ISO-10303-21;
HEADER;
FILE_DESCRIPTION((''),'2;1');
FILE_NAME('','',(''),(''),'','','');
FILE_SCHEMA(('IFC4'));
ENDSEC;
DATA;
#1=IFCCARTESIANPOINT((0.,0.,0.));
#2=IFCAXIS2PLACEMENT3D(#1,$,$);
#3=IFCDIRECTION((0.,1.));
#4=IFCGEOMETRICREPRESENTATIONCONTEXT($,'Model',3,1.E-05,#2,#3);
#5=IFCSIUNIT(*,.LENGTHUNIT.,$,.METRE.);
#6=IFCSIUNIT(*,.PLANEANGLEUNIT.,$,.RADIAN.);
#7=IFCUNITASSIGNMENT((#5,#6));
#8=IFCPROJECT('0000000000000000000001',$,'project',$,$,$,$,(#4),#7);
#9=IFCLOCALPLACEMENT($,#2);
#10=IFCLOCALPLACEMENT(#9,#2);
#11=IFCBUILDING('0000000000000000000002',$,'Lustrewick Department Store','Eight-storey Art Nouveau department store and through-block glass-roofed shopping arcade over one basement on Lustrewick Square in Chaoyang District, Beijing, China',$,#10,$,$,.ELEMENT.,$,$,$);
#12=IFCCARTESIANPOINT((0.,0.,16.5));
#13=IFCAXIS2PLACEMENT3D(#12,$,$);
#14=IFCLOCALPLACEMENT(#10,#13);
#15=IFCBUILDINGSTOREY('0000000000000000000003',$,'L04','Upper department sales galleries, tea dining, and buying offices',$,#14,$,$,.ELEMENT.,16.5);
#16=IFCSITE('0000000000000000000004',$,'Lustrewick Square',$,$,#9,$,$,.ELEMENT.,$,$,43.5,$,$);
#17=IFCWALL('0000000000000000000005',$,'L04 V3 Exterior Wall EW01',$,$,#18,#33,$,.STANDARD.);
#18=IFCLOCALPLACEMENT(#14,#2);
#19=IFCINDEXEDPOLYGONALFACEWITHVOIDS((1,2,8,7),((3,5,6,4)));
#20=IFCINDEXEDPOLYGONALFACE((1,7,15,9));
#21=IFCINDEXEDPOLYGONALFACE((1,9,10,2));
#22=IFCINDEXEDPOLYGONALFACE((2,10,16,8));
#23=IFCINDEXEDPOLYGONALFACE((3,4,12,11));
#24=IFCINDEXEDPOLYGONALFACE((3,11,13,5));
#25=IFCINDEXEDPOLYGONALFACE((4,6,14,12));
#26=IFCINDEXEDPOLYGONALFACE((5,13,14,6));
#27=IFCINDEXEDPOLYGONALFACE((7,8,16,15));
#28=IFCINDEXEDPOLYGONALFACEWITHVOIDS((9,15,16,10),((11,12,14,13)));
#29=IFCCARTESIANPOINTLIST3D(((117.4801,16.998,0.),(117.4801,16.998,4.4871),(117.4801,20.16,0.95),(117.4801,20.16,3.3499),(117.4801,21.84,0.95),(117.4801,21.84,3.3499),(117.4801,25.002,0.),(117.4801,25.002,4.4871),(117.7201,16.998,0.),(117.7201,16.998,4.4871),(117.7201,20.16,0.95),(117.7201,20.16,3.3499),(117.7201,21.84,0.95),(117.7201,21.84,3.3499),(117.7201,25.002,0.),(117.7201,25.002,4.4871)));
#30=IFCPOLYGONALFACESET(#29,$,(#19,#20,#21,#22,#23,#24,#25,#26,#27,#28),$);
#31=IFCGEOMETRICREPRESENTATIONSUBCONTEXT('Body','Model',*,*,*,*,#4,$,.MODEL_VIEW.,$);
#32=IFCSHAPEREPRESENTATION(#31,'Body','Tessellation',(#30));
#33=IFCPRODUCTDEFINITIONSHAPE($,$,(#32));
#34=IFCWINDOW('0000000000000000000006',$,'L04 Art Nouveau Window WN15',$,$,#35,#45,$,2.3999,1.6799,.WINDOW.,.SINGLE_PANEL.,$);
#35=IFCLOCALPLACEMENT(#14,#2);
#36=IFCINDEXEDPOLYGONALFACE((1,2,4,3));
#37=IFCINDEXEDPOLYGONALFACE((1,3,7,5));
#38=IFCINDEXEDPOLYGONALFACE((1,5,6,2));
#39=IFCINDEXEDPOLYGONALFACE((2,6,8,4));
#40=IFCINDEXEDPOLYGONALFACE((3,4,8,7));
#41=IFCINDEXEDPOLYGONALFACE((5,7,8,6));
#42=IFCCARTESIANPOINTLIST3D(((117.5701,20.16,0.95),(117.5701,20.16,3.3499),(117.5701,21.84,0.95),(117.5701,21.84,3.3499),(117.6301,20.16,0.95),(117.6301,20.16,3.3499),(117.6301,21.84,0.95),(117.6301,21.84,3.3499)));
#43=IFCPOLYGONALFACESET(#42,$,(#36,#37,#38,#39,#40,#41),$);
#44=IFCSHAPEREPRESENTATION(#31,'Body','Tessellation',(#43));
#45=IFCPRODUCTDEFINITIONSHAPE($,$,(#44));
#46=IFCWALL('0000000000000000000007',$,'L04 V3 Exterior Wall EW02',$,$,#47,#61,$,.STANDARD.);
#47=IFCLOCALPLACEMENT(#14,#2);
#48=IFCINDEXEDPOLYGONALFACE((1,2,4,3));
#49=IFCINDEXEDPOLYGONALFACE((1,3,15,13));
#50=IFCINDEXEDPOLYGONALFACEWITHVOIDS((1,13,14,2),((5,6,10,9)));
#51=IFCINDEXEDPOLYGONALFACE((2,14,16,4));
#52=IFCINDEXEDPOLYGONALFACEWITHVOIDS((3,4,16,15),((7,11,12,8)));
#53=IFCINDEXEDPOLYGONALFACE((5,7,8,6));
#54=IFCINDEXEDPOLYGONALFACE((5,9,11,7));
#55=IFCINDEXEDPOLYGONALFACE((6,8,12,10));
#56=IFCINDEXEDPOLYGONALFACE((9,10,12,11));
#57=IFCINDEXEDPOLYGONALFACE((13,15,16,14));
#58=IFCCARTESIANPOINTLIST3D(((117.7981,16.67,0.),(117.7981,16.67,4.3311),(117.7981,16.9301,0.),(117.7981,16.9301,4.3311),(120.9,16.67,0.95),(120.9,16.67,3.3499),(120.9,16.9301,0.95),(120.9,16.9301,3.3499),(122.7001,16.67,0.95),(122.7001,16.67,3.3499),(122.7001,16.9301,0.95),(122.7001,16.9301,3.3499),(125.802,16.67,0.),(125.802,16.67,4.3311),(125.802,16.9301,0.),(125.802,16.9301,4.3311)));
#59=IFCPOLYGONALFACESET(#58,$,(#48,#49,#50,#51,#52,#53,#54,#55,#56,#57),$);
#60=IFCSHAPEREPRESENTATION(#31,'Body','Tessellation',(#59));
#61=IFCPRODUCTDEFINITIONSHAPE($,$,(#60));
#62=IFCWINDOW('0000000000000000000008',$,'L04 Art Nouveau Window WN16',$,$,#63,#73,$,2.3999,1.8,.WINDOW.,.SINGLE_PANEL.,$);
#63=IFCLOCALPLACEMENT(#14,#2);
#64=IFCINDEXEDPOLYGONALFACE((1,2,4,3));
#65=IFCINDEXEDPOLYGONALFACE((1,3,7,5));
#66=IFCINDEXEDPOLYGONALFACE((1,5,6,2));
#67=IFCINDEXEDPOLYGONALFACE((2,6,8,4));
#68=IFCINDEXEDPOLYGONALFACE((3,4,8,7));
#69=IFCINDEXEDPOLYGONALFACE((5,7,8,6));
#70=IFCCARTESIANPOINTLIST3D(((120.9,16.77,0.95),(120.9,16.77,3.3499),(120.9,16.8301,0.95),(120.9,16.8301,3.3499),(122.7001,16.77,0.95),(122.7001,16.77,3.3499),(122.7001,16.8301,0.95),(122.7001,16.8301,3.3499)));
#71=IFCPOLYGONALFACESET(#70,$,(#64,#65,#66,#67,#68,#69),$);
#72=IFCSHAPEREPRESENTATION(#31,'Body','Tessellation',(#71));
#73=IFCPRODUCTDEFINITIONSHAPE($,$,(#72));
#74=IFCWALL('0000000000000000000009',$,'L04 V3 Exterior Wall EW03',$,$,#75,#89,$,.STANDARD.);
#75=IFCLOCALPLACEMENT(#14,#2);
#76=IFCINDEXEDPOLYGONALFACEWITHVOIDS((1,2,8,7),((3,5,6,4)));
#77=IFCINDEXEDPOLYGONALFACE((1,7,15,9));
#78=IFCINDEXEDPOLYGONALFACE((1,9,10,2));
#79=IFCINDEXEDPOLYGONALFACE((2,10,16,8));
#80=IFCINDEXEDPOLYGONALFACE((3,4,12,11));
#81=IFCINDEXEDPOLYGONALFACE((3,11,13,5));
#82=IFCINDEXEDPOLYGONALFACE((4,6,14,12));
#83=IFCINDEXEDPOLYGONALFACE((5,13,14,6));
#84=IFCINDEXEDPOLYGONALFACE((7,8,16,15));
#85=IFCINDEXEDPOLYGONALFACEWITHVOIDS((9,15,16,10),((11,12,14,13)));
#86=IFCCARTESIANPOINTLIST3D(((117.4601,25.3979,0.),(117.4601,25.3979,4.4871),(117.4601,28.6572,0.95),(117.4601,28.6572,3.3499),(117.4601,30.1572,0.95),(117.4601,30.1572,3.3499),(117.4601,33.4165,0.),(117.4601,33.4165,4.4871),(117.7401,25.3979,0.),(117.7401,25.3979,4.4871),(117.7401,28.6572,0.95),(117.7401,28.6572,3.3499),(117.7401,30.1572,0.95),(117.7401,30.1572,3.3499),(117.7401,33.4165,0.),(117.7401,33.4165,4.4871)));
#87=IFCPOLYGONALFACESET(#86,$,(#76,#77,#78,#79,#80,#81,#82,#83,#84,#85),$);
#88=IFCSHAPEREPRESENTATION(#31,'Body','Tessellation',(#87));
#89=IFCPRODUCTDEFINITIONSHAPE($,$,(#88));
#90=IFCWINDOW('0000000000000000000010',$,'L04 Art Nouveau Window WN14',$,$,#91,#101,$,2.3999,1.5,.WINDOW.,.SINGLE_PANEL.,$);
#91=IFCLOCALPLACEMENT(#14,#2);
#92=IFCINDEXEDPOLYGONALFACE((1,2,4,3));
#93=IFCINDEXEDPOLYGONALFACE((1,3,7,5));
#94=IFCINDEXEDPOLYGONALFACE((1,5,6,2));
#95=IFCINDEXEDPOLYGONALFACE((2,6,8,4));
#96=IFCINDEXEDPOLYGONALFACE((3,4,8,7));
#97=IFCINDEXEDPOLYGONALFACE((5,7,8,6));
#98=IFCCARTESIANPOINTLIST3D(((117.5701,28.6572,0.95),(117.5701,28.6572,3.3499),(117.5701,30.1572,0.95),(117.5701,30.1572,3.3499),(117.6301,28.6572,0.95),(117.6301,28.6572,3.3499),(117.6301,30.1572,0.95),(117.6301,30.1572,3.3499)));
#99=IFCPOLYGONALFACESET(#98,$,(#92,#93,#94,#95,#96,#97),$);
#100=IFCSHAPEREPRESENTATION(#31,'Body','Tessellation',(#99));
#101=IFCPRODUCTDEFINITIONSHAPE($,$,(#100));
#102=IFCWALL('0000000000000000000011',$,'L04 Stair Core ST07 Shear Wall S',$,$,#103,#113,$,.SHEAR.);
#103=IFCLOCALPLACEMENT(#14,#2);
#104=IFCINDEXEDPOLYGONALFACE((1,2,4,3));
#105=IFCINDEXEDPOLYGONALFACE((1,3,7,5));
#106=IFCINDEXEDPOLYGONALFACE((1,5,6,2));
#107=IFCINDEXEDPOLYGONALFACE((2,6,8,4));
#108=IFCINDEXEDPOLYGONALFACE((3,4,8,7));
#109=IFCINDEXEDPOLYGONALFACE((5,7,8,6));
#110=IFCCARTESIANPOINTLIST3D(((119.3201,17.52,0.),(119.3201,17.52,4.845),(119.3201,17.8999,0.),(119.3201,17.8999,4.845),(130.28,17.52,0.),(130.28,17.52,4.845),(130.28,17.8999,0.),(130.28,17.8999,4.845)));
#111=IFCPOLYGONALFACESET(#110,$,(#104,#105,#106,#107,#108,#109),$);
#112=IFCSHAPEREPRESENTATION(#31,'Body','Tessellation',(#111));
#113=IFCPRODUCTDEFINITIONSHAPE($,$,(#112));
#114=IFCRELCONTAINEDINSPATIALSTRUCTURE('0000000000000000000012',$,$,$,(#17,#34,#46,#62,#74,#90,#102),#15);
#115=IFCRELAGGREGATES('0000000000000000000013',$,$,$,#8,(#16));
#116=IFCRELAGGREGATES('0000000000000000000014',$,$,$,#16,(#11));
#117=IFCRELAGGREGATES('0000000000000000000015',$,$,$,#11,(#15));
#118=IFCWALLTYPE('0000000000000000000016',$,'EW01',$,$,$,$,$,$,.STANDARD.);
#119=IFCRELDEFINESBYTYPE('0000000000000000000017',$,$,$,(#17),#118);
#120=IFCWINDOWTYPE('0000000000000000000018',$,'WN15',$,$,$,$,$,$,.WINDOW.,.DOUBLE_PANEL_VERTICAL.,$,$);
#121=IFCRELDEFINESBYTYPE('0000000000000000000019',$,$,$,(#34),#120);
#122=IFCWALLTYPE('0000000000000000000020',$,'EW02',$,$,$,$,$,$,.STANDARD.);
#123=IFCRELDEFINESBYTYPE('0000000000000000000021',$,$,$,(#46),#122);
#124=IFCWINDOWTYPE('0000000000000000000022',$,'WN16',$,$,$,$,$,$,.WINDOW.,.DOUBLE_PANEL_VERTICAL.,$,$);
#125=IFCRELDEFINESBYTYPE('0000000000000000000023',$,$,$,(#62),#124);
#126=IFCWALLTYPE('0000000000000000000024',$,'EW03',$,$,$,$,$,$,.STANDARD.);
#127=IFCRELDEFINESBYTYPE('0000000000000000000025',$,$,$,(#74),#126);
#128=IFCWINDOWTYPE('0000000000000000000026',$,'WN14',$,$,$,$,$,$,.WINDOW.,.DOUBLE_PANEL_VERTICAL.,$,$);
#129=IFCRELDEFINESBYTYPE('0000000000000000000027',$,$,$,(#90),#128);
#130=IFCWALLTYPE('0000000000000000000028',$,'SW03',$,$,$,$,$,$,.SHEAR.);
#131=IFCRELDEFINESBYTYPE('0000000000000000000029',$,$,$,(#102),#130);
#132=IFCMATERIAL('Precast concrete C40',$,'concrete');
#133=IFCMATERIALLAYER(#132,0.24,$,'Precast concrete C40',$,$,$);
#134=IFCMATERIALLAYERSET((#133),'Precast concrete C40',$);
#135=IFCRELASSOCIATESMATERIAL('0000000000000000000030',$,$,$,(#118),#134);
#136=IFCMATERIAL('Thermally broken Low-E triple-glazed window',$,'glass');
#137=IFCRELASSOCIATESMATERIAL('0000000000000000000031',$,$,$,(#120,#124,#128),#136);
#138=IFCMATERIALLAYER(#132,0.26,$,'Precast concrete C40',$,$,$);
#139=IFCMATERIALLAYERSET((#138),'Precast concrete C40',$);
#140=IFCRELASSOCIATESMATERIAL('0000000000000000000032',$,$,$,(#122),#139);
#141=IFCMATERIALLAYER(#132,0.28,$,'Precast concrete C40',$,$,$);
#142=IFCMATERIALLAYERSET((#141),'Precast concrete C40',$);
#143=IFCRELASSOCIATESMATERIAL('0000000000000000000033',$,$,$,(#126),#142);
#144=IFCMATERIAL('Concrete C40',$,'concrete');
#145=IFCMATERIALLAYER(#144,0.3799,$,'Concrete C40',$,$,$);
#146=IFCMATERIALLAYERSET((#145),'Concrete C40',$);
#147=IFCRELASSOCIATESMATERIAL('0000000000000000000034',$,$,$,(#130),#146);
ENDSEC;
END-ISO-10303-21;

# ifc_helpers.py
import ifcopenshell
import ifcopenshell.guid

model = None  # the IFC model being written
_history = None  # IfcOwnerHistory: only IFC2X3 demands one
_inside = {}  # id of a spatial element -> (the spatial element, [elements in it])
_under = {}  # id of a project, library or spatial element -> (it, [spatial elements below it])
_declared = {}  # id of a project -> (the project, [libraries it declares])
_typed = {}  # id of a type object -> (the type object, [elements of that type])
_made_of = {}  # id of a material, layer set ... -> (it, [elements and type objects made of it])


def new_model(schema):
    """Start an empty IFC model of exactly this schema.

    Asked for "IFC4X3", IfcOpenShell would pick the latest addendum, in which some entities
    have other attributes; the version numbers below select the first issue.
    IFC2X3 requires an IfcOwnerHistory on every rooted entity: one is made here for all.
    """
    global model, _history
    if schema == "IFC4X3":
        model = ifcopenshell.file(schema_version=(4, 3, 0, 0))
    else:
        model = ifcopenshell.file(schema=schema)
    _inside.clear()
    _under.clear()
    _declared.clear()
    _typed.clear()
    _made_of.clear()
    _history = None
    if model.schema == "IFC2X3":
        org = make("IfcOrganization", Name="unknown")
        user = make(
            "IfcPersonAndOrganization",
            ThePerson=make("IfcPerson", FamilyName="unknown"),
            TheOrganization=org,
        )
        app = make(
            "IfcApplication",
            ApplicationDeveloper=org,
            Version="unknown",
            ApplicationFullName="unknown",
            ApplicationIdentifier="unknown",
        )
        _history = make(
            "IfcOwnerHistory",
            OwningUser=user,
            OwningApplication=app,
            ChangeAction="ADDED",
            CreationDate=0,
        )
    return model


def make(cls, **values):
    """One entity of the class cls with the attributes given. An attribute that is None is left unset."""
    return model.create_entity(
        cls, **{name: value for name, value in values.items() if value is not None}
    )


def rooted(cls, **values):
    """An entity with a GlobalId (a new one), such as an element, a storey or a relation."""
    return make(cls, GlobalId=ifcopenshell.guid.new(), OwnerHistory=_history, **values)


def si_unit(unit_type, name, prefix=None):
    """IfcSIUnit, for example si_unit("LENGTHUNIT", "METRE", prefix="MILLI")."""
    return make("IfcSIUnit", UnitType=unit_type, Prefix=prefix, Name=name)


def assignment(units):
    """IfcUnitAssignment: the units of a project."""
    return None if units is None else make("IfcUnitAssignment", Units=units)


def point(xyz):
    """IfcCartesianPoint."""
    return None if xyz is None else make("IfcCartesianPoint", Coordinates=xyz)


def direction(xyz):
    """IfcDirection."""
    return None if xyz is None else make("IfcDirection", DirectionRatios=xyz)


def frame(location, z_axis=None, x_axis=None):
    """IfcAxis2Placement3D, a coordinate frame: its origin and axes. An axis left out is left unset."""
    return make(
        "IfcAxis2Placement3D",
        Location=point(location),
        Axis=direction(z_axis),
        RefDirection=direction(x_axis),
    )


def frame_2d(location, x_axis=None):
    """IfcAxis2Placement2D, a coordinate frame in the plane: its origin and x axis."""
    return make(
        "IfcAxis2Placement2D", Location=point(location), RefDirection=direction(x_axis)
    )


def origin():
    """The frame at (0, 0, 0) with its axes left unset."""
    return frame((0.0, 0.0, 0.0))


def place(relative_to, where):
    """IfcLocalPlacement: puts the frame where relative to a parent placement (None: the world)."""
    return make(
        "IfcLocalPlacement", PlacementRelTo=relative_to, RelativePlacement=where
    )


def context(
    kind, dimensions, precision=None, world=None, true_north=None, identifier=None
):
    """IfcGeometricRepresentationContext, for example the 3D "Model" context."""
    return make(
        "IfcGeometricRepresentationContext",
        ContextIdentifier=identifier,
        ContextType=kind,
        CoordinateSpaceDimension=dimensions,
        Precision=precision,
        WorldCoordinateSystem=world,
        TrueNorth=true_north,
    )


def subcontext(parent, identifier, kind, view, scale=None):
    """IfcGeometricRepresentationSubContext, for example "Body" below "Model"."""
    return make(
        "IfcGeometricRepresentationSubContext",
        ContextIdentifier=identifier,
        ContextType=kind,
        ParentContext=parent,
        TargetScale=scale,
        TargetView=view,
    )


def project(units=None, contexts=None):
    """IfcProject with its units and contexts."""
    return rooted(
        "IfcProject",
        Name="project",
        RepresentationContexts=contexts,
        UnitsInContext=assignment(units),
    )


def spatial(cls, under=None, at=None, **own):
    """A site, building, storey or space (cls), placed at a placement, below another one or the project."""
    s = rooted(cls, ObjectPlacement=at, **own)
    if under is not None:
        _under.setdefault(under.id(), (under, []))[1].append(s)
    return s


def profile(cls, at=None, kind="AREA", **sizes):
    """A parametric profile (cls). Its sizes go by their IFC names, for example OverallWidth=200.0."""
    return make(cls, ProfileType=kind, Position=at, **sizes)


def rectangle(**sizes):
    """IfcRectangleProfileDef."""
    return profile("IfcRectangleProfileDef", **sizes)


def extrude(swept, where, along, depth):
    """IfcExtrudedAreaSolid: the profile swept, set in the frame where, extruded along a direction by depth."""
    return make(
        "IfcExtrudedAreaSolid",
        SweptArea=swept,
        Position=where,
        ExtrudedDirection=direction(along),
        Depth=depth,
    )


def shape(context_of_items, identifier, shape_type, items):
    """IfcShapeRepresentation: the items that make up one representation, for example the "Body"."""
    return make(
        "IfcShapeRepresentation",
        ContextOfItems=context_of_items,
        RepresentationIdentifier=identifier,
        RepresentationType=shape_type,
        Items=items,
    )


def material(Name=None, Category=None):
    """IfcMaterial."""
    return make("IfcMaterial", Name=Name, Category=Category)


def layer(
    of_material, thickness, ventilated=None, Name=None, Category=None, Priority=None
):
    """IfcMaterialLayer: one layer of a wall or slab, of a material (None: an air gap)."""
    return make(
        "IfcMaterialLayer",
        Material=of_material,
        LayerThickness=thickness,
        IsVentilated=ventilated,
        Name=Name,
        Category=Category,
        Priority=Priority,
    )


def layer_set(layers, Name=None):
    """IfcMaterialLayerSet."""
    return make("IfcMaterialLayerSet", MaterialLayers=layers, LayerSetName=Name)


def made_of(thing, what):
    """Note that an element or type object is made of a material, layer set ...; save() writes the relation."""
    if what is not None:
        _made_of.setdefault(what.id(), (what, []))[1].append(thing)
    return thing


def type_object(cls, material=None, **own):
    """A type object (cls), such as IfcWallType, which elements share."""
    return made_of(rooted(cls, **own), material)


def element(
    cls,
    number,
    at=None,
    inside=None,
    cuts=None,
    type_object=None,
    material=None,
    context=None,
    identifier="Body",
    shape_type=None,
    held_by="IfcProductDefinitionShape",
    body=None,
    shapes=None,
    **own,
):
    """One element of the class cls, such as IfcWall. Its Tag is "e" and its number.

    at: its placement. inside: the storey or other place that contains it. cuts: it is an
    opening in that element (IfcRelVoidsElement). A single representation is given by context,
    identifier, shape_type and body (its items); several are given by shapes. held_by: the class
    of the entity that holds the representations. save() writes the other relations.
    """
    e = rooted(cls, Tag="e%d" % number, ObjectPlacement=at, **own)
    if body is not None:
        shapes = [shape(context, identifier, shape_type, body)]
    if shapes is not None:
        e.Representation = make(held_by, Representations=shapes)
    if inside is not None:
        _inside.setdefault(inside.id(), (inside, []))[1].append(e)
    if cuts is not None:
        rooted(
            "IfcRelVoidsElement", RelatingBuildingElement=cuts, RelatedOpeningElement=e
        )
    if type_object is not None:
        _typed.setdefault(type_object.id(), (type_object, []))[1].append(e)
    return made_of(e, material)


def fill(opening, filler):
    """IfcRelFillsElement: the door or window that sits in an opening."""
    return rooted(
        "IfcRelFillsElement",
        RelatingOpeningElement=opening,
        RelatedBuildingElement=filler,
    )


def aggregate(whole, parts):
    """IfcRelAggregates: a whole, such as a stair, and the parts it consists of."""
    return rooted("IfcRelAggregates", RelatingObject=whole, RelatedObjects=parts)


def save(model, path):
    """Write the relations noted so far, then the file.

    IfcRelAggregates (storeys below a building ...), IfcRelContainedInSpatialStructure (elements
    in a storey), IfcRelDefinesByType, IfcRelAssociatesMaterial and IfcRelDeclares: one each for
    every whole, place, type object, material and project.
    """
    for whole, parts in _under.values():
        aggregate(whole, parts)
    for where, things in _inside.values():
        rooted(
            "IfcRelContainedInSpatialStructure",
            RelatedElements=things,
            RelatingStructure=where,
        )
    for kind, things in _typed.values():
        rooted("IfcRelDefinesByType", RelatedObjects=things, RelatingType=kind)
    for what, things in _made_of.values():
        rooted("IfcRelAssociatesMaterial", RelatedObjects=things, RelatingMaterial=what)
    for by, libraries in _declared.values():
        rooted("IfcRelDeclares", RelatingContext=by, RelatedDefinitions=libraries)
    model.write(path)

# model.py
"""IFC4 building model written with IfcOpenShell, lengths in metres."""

from ifc_helpers import new_model, si_unit, direction, frame, frame_2d, origin, place, context, subcontext, project, spatial, rectangle, extrude, material, layer, layer_set, type_object, element, fill, save


model = new_model("IFC4")

# Units and contexts
model_context = context("Model", 3, precision=1e-05, world=origin(), true_north=direction((0.0, 1.0)))
body_context = subcontext(model_context, "Body", "Model", "MODEL_VIEW")
ifc_project = project(units=[si_unit("LENGTHUNIT", "METRE"), si_unit("PLANEANGLEUNIT", "RADIAN")], contexts=[model_context])

# Site, building, storey
site_placement = place(None, origin())
site = spatial("IfcSite", under=ifc_project, at=site_placement, Name="Lustrewick Square", CompositionType="ELEMENT", RefElevation=43.5)
building_placement = place(site_placement, origin())
building = spatial("IfcBuilding", under=site, at=building_placement, Name="Lustrewick Department Store", Description="Eight-storey Art Nouveau department store and through-block glass-roofed shopping arcade over one basement on Lustrewick Square in Chaoyang District, Beijing, China", CompositionType="ELEMENT")
storey_placement = place(building_placement, frame((0.0, 0.0, 16.5)))
storey = spatial("IfcBuildingStorey", under=building, at=storey_placement, Name="L04", Description="Upper department sales galleries, tea dining, and buying offices", CompositionType="ELEMENT", Elevation=16.5)

# Walls, openings, windows
ifc_material_1 = material(Name="Precast concrete C40", Category="concrete")
ifc_layer_1 = layer(ifc_material_1, 0.24, Name="Precast concrete C40")
ifc_layer_set_1 = layer_set([ifc_layer_1], Name="Precast concrete C40")
wall_type_1 = type_object("IfcWallType", Name="EW01", PredefinedType="STANDARD", material=ifc_layer_set_1)
wall_1_placement = place(storey_placement, frame((117.6001, 25.002, 0.0), z_axis=(0.0, 0.0, 1.0), x_axis=(0.0, -1.0, 0.0)))
wall_1 = element("IfcWall", 1, at=wall_1_placement, inside=storey, type_object=wall_type_1, Name="L04 V3 Exterior Wall EW01", PredefinedType="STANDARD", context=body_context, shape_type="SweptSolid", body=[
    extrude(rectangle(XDim=8.0039, YDim=0.24, at=frame_2d((4.002, 0.0))), origin(), (0.0, 0.0, 1.0), 4.4871),
])
opening_1_placement = place(wall_1_placement, frame((3.1621, 0.0, 0.95)))
opening_1 = element("IfcOpeningElement", 2, at=opening_1_placement, cuts=wall_1, PredefinedType="OPENING", context=body_context, shape_type="SweptSolid", body=[
    extrude(rectangle(XDim=1.6799, YDim=2.3999, at=frame_2d((0.8398, 1.2))), frame((0.0, 0.1299, 0.0), z_axis=(0.0, -1.0, 0.0), x_axis=(1.0, 0.0, 0.0)), (0.0, 0.0, 1.0), 0.26),
])
ifc_material_2 = material(Name="Thermally broken Low-E triple-glazed window", Category="glass")
window_type_1 = type_object("IfcWindowType", Name="WN15", PartitioningType="DOUBLE_PANEL_VERTICAL", PredefinedType="WINDOW", material=ifc_material_2)
window_1_placement = place(opening_1_placement, origin())
window_1 = element("IfcWindow", 3, at=window_1_placement, inside=storey, type_object=window_type_1, Name="L04 Art Nouveau Window WN15", OverallHeight=2.3999, OverallWidth=1.6799, PartitioningType="SINGLE_PANEL", PredefinedType="WINDOW", context=body_context, shape_type="SweptSolid", body=[
    extrude(rectangle(XDim=1.6799, YDim=2.3999, at=frame_2d((0.8398, 1.2))), frame((0.0, 0.03, 0.0), z_axis=(0.0, -1.0, 0.0), x_axis=(1.0, 0.0, 0.0)), (0.0, 0.0, 1.0), 0.0601),
])
fill(opening_1, window_1)
ifc_layer_2 = layer(ifc_material_1, 0.26, Name="Precast concrete C40")
ifc_layer_set_2 = layer_set([ifc_layer_2], Name="Precast concrete C40")
wall_type_2 = type_object("IfcWallType", Name="EW02", PredefinedType="STANDARD", material=ifc_layer_set_2)
wall_2_placement = place(storey_placement, frame((117.7981, 16.8, 0.0), z_axis=(0.0, 0.0, 1.0), x_axis=(1.0, 0.0, 0.0)))
wall_2 = element("IfcWall", 4, at=wall_2_placement, inside=storey, type_object=wall_type_2, Name="L04 V3 Exterior Wall EW02", PredefinedType="STANDARD", context=body_context, shape_type="SweptSolid", body=[
    extrude(rectangle(XDim=8.0039, YDim=0.26, at=frame_2d((4.002, 0.0))), origin(), (0.0, 0.0, 1.0), 4.3311),
])
opening_2_placement = place(wall_2_placement, frame((3.1021, 0.0, 0.95)))
opening_2 = element("IfcOpeningElement", 5, at=opening_2_placement, cuts=wall_2, PredefinedType="OPENING", context=body_context, shape_type="SweptSolid", body=[
    extrude(rectangle(XDim=1.8, YDim=2.3999, at=frame_2d((0.8999, 1.2))), frame((0.0, 0.1401, 0.0), z_axis=(0.0, -1.0, 0.0), x_axis=(1.0, 0.0, 0.0)), (0.0, 0.0, 1.0), 0.28),
])
window_type_2 = type_object("IfcWindowType", Name="WN16", PartitioningType="DOUBLE_PANEL_VERTICAL", PredefinedType="WINDOW", material=ifc_material_2)
window_2_placement = place(opening_2_placement, origin())
window_2 = element("IfcWindow", 6, at=window_2_placement, inside=storey, type_object=window_type_2, Name="L04 Art Nouveau Window WN16", OverallHeight=2.3999, OverallWidth=1.8, PartitioningType="SINGLE_PANEL", PredefinedType="WINDOW", context=body_context, shape_type="SweptSolid", body=[
    extrude(rectangle(XDim=1.8, YDim=2.3999, at=frame_2d((0.8999, 1.2))), frame((0.0, 0.03, 0.0), z_axis=(0.0, -1.0, 0.0), x_axis=(1.0, 0.0, 0.0)), (0.0, 0.0, 1.0), 0.0601),
])
fill(opening_2, window_2)
ifc_layer_3 = layer(ifc_material_1, 0.28, Name="Precast concrete C40")
ifc_layer_set_3 = layer_set([ifc_layer_3], Name="Precast concrete C40")
wall_type_3 = type_object("IfcWallType", Name="EW03", PredefinedType="STANDARD", material=ifc_layer_set_3)
wall_3_placement = place(storey_placement, frame((117.6001, 33.4165, 0.0), z_axis=(0.0, 0.0, 1.0), x_axis=(0.0, -1.0, 0.0)))
wall_3 = element("IfcWall", 7, at=wall_3_placement, inside=storey, type_object=wall_type_3, Name="L04 V3 Exterior Wall EW03", PredefinedType="STANDARD", context=body_context, shape_type="SweptSolid", body=[
    extrude(rectangle(XDim=8.0186, YDim=0.28, at=frame_2d((4.0093, 0.0))), origin(), (0.0, 0.0, 1.0), 4.4871),
])
opening_3_placement = place(wall_3_placement, frame((3.2593, 0.0, 0.95)))
opening_3 = element("IfcOpeningElement", 8, at=opening_3_placement, cuts=wall_3, PredefinedType="OPENING", context=body_context, shape_type="SweptSolid", body=[
    extrude(rectangle(XDim=1.5, YDim=2.3999, at=frame_2d((0.75, 1.2))), frame((0.0, 0.1499, 0.0), z_axis=(0.0, -1.0, 0.0), x_axis=(1.0, 0.0, 0.0)), (0.0, 0.0, 1.0), 0.3),
])
window_type_3 = type_object("IfcWindowType", Name="WN14", PartitioningType="DOUBLE_PANEL_VERTICAL", PredefinedType="WINDOW", material=ifc_material_2)
window_3_placement = place(opening_3_placement, origin())
window_3 = element("IfcWindow", 9, at=window_3_placement, inside=storey, type_object=window_type_3, Name="L04 Art Nouveau Window WN14", OverallHeight=2.3999, OverallWidth=1.5, PartitioningType="SINGLE_PANEL", PredefinedType="WINDOW", context=body_context, shape_type="SweptSolid", body=[
    extrude(rectangle(XDim=1.5, YDim=2.3999, at=frame_2d((0.75, 1.2))), frame((0.0, 0.03, 0.0), z_axis=(0.0, -1.0, 0.0), x_axis=(1.0, 0.0, 0.0)), (0.0, 0.0, 1.0), 0.0601),
])
fill(opening_3, window_3)

# Wall
ifc_material_3 = material(Name="Concrete C40", Category="concrete")
ifc_layer_4 = layer(ifc_material_3, 0.3799, Name="Concrete C40")
ifc_layer_set_4 = layer_set([ifc_layer_4], Name="Concrete C40")
wall_type_4 = type_object("IfcWallType", Name="SW03", PredefinedType="SHEAR", material=ifc_layer_set_4)
wall_4_placement = place(storey_placement, frame((119.3201, 17.71, 0.0), z_axis=(0.0, 0.0, 1.0), x_axis=(1.0, 0.0, 0.0)))
element("IfcWall", 10, at=wall_4_placement, inside=storey, type_object=wall_type_4, Name="L04 Stair Core ST07 Shear Wall S", PredefinedType="SHEAR", context=body_context, shape_type="SweptSolid", body=[
    extrude(rectangle(XDim=10.96, YDim=0.3799, at=frame_2d((5.48, 0.0))), origin(), (0.0, 0.0, 1.0), 4.845),
])

save(model, "model.ifc")
